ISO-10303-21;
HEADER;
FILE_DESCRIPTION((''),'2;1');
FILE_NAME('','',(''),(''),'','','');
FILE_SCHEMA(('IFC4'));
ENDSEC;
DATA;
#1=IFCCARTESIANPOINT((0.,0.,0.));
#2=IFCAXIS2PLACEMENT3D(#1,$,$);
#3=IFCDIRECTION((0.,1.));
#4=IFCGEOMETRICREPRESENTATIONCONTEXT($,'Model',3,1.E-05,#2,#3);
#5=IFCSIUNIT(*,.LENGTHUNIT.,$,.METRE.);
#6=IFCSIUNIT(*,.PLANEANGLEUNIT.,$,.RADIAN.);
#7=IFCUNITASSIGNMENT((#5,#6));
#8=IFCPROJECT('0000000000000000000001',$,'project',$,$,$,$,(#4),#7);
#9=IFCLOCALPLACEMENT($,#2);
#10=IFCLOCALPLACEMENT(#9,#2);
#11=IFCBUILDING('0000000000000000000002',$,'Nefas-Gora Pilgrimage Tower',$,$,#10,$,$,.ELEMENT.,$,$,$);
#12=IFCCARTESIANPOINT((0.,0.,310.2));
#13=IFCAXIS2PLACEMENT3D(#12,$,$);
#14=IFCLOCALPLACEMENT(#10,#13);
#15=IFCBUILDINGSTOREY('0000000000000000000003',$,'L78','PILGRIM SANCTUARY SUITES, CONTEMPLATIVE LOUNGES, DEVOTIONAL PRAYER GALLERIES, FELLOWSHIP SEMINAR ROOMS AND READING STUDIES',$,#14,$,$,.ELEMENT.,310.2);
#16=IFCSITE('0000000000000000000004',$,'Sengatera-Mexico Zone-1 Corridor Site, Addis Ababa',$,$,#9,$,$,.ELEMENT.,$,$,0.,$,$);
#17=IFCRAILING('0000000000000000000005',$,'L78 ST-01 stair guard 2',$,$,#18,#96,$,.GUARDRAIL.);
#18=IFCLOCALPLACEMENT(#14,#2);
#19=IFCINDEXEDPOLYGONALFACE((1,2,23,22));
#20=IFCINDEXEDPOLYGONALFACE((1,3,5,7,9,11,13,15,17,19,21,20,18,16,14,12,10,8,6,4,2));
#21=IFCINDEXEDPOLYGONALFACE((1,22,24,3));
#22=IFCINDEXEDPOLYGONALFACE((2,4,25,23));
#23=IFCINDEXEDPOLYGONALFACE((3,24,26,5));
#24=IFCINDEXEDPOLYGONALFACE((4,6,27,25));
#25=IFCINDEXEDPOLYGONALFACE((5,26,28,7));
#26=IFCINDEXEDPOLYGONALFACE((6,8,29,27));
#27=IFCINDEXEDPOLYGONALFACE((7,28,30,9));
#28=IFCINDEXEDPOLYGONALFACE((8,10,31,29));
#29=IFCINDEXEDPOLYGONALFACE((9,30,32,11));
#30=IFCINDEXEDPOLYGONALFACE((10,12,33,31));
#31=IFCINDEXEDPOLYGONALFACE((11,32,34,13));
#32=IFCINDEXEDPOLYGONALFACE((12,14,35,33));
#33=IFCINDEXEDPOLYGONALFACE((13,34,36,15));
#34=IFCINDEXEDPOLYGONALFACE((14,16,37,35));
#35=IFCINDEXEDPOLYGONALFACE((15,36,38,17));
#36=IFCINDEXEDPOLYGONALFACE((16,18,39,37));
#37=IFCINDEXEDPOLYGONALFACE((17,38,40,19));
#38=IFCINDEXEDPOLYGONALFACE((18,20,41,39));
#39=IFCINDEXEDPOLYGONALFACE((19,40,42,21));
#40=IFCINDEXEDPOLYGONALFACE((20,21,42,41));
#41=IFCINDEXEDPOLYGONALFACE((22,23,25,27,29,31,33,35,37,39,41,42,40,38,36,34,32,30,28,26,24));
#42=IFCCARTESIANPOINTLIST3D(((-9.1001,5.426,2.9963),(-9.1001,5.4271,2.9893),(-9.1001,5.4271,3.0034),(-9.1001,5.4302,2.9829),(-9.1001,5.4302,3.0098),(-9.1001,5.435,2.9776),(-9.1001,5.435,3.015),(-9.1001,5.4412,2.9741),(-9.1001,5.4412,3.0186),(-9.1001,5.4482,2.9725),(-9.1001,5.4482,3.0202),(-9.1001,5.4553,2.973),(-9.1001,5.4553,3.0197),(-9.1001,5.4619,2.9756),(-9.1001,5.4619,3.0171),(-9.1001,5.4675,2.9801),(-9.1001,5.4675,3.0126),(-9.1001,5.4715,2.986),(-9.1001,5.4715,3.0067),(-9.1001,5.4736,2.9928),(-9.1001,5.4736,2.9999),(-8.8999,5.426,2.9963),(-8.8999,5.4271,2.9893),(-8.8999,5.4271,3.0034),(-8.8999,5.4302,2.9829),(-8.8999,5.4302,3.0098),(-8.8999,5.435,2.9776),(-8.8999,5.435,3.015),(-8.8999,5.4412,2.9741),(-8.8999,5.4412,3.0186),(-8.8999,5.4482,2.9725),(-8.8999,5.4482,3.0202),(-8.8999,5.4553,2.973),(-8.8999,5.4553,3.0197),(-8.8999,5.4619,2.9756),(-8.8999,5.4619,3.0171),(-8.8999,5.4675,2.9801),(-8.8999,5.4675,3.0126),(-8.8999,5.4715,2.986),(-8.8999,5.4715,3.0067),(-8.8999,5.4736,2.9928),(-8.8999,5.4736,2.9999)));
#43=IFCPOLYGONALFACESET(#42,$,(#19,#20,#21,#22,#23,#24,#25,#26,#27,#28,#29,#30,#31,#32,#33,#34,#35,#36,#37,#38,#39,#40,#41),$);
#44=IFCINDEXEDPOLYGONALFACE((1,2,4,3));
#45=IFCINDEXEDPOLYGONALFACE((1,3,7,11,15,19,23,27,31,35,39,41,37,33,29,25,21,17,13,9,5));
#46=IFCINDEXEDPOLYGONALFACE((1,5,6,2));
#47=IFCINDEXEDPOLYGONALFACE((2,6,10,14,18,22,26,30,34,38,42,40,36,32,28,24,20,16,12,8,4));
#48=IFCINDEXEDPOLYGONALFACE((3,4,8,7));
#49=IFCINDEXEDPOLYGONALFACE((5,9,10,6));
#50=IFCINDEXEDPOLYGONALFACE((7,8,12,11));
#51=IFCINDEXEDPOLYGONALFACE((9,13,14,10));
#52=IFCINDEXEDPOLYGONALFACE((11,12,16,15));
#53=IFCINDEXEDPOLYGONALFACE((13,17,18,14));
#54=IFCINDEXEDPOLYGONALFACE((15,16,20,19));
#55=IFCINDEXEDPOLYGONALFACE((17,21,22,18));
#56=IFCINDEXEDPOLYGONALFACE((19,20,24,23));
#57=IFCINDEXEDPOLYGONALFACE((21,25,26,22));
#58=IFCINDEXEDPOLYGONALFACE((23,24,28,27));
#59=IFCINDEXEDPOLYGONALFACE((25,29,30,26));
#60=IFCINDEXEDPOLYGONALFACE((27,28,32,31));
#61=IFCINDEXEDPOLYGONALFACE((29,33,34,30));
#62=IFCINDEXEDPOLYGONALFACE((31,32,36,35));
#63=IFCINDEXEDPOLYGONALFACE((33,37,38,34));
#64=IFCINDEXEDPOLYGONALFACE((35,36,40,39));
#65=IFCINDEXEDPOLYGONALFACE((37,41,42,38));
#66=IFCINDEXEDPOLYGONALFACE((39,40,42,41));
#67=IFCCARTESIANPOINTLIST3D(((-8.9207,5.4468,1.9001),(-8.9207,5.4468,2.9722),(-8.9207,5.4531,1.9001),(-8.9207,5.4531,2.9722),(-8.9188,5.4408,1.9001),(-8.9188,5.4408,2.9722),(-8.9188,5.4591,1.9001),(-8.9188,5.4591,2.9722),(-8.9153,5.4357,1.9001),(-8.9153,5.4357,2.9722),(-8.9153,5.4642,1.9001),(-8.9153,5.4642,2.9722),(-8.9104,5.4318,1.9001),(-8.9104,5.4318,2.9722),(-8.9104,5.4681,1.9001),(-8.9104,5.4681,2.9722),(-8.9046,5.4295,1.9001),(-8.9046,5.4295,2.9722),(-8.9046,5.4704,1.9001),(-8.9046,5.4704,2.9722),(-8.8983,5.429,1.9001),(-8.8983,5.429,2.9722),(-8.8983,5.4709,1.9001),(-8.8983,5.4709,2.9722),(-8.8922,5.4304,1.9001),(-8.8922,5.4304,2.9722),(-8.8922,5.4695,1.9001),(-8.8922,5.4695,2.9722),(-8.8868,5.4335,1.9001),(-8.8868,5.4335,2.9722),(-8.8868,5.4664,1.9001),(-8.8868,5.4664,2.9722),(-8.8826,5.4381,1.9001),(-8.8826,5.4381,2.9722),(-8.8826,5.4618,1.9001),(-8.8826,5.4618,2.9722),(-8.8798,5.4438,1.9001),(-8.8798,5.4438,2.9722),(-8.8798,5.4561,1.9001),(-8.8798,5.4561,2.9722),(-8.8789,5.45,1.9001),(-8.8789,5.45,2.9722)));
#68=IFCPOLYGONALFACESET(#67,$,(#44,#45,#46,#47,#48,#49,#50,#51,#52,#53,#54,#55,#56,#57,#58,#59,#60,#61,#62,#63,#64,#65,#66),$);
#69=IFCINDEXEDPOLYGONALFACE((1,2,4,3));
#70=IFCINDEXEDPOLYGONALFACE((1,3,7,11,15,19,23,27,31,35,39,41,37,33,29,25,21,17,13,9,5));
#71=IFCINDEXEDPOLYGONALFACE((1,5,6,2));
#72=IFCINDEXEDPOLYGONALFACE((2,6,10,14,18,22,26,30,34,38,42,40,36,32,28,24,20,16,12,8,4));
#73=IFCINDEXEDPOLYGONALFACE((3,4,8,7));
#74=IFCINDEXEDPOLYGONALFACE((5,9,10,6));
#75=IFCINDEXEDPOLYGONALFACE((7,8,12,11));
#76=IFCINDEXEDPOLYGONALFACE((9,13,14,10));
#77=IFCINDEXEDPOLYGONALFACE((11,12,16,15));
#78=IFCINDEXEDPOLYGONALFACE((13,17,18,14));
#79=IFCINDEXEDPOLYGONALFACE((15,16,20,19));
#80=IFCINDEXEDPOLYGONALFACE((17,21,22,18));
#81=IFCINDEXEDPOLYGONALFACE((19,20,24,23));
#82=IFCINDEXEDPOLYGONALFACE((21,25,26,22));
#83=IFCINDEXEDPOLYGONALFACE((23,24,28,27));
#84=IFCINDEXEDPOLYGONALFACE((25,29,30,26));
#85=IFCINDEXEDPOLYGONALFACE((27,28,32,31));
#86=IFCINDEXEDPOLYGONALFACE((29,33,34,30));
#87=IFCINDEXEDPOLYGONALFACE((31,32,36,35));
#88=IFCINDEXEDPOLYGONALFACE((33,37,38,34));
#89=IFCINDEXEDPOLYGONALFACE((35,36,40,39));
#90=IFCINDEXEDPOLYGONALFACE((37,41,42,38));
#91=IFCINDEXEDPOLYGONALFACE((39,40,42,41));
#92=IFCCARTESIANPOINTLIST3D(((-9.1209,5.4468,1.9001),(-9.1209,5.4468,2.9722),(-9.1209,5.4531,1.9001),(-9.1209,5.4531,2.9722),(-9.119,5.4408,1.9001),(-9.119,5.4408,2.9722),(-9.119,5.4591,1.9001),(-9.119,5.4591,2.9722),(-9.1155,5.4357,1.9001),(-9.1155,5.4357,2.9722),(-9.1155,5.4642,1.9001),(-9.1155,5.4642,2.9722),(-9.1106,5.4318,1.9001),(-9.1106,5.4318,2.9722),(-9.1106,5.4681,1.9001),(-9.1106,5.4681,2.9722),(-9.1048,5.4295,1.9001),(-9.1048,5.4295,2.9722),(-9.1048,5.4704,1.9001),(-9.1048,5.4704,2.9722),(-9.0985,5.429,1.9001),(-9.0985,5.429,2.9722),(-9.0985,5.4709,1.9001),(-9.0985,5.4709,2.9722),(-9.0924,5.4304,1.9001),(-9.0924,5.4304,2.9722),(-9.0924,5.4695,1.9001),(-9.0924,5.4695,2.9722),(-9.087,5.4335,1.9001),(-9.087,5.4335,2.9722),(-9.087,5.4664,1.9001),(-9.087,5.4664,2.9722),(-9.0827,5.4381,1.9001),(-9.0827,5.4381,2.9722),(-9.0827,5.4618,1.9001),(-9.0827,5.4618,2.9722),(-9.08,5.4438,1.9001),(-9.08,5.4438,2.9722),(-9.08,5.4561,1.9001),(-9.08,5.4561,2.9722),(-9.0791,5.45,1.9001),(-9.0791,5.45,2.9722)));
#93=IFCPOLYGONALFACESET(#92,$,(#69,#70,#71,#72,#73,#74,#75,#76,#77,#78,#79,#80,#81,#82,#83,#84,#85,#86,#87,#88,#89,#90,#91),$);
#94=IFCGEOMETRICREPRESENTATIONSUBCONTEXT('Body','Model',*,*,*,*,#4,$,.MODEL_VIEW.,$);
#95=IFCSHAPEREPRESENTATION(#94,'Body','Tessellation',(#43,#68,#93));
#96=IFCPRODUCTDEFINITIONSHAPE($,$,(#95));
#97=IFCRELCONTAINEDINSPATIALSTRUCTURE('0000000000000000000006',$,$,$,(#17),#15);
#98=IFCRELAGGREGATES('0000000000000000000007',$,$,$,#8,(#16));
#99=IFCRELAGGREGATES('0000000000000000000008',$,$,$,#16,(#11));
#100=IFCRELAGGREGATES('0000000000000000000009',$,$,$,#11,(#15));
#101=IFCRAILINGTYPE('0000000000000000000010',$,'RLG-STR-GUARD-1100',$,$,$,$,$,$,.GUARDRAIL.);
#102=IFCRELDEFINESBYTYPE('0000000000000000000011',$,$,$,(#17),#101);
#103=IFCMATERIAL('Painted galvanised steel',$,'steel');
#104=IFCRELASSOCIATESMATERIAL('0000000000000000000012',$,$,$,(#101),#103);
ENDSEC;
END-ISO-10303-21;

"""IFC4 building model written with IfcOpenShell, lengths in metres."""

from ifc_helpers import new_model, si_unit, direction, frame, origin, origin_2d, place, context, subcontext, project, spatial, circle, extrude, material, type_object, element, save


model = new_model("IFC4")

# Units and contexts
model_context = context("Model", 3, precision=1e-05, world=origin(), true_north=direction((0.0, 1.0)))
body_context = subcontext(model_context, "Body", "Model", "MODEL_VIEW")
ifc_project = project(units=[si_unit("LENGTHUNIT", "METRE"), si_unit("PLANEANGLEUNIT", "RADIAN")], contexts=[model_context])

# Site, building, storey
site_placement = place(None, origin())
site = spatial("IfcSite", under=ifc_project, at=site_placement, Name="Sengatera-Mexico Zone-1 Corridor Site, Addis Ababa", CompositionType="ELEMENT", RefElevation=0.0)
building_placement = place(site_placement, origin())
building = spatial("IfcBuilding", under=site, at=building_placement, Name="Nefas-Gora Pilgrimage Tower", CompositionType="ELEMENT")
storey_placement = place(building_placement, frame((0.0, 0.0, 310.2)))
storey = spatial("IfcBuildingStorey", under=building, at=storey_placement, Name="L78", Description="PILGRIM SANCTUARY SUITES, CONTEMPLATIVE LOUNGES, DEVOTIONAL PRAYER GALLERIES, FELLOWSHIP SEMINAR ROOMS AND READING STUDIES", CompositionType="ELEMENT", Elevation=310.2)

# Railing
ifc_material_1 = material(Name="Painted galvanised steel", Category="steel")
railing_type_1 = type_object("IfcRailingType", Name="RLG-STR-GUARD-1100", PredefinedType="GUARDRAIL", material=ifc_material_1)
railing_1_placement = place(storey_placement, frame((-8.8999, 5.45, 1.9001)))
element("IfcRailing", 1, at=railing_1_placement, inside=storey, type_object=railing_type_1, Name="L78 ST-01 stair guard 2", PredefinedType="GUARDRAIL", context=body_context, shape_type="SweptSolid", body=[
    extrude(circle(Radius=0.0239, at=origin_2d()), frame((0.0, 0.0, 1.0962), z_axis=(-1.0, 0.0, 0.0), x_axis=(0.0, -1.0, 0.0)), (0.0, 0.0, 1.0), 0.2002),
    extrude(circle(Radius=0.021, at=origin_2d()), origin(), (0.0, 0.0, 1.0), 1.072),
    extrude(circle(Radius=0.021, at=origin_2d()), frame((-0.2002, 0.0, 0.0)), (0.0, 0.0, 1.0), 1.072),
])

save(model, "model.ifc")
